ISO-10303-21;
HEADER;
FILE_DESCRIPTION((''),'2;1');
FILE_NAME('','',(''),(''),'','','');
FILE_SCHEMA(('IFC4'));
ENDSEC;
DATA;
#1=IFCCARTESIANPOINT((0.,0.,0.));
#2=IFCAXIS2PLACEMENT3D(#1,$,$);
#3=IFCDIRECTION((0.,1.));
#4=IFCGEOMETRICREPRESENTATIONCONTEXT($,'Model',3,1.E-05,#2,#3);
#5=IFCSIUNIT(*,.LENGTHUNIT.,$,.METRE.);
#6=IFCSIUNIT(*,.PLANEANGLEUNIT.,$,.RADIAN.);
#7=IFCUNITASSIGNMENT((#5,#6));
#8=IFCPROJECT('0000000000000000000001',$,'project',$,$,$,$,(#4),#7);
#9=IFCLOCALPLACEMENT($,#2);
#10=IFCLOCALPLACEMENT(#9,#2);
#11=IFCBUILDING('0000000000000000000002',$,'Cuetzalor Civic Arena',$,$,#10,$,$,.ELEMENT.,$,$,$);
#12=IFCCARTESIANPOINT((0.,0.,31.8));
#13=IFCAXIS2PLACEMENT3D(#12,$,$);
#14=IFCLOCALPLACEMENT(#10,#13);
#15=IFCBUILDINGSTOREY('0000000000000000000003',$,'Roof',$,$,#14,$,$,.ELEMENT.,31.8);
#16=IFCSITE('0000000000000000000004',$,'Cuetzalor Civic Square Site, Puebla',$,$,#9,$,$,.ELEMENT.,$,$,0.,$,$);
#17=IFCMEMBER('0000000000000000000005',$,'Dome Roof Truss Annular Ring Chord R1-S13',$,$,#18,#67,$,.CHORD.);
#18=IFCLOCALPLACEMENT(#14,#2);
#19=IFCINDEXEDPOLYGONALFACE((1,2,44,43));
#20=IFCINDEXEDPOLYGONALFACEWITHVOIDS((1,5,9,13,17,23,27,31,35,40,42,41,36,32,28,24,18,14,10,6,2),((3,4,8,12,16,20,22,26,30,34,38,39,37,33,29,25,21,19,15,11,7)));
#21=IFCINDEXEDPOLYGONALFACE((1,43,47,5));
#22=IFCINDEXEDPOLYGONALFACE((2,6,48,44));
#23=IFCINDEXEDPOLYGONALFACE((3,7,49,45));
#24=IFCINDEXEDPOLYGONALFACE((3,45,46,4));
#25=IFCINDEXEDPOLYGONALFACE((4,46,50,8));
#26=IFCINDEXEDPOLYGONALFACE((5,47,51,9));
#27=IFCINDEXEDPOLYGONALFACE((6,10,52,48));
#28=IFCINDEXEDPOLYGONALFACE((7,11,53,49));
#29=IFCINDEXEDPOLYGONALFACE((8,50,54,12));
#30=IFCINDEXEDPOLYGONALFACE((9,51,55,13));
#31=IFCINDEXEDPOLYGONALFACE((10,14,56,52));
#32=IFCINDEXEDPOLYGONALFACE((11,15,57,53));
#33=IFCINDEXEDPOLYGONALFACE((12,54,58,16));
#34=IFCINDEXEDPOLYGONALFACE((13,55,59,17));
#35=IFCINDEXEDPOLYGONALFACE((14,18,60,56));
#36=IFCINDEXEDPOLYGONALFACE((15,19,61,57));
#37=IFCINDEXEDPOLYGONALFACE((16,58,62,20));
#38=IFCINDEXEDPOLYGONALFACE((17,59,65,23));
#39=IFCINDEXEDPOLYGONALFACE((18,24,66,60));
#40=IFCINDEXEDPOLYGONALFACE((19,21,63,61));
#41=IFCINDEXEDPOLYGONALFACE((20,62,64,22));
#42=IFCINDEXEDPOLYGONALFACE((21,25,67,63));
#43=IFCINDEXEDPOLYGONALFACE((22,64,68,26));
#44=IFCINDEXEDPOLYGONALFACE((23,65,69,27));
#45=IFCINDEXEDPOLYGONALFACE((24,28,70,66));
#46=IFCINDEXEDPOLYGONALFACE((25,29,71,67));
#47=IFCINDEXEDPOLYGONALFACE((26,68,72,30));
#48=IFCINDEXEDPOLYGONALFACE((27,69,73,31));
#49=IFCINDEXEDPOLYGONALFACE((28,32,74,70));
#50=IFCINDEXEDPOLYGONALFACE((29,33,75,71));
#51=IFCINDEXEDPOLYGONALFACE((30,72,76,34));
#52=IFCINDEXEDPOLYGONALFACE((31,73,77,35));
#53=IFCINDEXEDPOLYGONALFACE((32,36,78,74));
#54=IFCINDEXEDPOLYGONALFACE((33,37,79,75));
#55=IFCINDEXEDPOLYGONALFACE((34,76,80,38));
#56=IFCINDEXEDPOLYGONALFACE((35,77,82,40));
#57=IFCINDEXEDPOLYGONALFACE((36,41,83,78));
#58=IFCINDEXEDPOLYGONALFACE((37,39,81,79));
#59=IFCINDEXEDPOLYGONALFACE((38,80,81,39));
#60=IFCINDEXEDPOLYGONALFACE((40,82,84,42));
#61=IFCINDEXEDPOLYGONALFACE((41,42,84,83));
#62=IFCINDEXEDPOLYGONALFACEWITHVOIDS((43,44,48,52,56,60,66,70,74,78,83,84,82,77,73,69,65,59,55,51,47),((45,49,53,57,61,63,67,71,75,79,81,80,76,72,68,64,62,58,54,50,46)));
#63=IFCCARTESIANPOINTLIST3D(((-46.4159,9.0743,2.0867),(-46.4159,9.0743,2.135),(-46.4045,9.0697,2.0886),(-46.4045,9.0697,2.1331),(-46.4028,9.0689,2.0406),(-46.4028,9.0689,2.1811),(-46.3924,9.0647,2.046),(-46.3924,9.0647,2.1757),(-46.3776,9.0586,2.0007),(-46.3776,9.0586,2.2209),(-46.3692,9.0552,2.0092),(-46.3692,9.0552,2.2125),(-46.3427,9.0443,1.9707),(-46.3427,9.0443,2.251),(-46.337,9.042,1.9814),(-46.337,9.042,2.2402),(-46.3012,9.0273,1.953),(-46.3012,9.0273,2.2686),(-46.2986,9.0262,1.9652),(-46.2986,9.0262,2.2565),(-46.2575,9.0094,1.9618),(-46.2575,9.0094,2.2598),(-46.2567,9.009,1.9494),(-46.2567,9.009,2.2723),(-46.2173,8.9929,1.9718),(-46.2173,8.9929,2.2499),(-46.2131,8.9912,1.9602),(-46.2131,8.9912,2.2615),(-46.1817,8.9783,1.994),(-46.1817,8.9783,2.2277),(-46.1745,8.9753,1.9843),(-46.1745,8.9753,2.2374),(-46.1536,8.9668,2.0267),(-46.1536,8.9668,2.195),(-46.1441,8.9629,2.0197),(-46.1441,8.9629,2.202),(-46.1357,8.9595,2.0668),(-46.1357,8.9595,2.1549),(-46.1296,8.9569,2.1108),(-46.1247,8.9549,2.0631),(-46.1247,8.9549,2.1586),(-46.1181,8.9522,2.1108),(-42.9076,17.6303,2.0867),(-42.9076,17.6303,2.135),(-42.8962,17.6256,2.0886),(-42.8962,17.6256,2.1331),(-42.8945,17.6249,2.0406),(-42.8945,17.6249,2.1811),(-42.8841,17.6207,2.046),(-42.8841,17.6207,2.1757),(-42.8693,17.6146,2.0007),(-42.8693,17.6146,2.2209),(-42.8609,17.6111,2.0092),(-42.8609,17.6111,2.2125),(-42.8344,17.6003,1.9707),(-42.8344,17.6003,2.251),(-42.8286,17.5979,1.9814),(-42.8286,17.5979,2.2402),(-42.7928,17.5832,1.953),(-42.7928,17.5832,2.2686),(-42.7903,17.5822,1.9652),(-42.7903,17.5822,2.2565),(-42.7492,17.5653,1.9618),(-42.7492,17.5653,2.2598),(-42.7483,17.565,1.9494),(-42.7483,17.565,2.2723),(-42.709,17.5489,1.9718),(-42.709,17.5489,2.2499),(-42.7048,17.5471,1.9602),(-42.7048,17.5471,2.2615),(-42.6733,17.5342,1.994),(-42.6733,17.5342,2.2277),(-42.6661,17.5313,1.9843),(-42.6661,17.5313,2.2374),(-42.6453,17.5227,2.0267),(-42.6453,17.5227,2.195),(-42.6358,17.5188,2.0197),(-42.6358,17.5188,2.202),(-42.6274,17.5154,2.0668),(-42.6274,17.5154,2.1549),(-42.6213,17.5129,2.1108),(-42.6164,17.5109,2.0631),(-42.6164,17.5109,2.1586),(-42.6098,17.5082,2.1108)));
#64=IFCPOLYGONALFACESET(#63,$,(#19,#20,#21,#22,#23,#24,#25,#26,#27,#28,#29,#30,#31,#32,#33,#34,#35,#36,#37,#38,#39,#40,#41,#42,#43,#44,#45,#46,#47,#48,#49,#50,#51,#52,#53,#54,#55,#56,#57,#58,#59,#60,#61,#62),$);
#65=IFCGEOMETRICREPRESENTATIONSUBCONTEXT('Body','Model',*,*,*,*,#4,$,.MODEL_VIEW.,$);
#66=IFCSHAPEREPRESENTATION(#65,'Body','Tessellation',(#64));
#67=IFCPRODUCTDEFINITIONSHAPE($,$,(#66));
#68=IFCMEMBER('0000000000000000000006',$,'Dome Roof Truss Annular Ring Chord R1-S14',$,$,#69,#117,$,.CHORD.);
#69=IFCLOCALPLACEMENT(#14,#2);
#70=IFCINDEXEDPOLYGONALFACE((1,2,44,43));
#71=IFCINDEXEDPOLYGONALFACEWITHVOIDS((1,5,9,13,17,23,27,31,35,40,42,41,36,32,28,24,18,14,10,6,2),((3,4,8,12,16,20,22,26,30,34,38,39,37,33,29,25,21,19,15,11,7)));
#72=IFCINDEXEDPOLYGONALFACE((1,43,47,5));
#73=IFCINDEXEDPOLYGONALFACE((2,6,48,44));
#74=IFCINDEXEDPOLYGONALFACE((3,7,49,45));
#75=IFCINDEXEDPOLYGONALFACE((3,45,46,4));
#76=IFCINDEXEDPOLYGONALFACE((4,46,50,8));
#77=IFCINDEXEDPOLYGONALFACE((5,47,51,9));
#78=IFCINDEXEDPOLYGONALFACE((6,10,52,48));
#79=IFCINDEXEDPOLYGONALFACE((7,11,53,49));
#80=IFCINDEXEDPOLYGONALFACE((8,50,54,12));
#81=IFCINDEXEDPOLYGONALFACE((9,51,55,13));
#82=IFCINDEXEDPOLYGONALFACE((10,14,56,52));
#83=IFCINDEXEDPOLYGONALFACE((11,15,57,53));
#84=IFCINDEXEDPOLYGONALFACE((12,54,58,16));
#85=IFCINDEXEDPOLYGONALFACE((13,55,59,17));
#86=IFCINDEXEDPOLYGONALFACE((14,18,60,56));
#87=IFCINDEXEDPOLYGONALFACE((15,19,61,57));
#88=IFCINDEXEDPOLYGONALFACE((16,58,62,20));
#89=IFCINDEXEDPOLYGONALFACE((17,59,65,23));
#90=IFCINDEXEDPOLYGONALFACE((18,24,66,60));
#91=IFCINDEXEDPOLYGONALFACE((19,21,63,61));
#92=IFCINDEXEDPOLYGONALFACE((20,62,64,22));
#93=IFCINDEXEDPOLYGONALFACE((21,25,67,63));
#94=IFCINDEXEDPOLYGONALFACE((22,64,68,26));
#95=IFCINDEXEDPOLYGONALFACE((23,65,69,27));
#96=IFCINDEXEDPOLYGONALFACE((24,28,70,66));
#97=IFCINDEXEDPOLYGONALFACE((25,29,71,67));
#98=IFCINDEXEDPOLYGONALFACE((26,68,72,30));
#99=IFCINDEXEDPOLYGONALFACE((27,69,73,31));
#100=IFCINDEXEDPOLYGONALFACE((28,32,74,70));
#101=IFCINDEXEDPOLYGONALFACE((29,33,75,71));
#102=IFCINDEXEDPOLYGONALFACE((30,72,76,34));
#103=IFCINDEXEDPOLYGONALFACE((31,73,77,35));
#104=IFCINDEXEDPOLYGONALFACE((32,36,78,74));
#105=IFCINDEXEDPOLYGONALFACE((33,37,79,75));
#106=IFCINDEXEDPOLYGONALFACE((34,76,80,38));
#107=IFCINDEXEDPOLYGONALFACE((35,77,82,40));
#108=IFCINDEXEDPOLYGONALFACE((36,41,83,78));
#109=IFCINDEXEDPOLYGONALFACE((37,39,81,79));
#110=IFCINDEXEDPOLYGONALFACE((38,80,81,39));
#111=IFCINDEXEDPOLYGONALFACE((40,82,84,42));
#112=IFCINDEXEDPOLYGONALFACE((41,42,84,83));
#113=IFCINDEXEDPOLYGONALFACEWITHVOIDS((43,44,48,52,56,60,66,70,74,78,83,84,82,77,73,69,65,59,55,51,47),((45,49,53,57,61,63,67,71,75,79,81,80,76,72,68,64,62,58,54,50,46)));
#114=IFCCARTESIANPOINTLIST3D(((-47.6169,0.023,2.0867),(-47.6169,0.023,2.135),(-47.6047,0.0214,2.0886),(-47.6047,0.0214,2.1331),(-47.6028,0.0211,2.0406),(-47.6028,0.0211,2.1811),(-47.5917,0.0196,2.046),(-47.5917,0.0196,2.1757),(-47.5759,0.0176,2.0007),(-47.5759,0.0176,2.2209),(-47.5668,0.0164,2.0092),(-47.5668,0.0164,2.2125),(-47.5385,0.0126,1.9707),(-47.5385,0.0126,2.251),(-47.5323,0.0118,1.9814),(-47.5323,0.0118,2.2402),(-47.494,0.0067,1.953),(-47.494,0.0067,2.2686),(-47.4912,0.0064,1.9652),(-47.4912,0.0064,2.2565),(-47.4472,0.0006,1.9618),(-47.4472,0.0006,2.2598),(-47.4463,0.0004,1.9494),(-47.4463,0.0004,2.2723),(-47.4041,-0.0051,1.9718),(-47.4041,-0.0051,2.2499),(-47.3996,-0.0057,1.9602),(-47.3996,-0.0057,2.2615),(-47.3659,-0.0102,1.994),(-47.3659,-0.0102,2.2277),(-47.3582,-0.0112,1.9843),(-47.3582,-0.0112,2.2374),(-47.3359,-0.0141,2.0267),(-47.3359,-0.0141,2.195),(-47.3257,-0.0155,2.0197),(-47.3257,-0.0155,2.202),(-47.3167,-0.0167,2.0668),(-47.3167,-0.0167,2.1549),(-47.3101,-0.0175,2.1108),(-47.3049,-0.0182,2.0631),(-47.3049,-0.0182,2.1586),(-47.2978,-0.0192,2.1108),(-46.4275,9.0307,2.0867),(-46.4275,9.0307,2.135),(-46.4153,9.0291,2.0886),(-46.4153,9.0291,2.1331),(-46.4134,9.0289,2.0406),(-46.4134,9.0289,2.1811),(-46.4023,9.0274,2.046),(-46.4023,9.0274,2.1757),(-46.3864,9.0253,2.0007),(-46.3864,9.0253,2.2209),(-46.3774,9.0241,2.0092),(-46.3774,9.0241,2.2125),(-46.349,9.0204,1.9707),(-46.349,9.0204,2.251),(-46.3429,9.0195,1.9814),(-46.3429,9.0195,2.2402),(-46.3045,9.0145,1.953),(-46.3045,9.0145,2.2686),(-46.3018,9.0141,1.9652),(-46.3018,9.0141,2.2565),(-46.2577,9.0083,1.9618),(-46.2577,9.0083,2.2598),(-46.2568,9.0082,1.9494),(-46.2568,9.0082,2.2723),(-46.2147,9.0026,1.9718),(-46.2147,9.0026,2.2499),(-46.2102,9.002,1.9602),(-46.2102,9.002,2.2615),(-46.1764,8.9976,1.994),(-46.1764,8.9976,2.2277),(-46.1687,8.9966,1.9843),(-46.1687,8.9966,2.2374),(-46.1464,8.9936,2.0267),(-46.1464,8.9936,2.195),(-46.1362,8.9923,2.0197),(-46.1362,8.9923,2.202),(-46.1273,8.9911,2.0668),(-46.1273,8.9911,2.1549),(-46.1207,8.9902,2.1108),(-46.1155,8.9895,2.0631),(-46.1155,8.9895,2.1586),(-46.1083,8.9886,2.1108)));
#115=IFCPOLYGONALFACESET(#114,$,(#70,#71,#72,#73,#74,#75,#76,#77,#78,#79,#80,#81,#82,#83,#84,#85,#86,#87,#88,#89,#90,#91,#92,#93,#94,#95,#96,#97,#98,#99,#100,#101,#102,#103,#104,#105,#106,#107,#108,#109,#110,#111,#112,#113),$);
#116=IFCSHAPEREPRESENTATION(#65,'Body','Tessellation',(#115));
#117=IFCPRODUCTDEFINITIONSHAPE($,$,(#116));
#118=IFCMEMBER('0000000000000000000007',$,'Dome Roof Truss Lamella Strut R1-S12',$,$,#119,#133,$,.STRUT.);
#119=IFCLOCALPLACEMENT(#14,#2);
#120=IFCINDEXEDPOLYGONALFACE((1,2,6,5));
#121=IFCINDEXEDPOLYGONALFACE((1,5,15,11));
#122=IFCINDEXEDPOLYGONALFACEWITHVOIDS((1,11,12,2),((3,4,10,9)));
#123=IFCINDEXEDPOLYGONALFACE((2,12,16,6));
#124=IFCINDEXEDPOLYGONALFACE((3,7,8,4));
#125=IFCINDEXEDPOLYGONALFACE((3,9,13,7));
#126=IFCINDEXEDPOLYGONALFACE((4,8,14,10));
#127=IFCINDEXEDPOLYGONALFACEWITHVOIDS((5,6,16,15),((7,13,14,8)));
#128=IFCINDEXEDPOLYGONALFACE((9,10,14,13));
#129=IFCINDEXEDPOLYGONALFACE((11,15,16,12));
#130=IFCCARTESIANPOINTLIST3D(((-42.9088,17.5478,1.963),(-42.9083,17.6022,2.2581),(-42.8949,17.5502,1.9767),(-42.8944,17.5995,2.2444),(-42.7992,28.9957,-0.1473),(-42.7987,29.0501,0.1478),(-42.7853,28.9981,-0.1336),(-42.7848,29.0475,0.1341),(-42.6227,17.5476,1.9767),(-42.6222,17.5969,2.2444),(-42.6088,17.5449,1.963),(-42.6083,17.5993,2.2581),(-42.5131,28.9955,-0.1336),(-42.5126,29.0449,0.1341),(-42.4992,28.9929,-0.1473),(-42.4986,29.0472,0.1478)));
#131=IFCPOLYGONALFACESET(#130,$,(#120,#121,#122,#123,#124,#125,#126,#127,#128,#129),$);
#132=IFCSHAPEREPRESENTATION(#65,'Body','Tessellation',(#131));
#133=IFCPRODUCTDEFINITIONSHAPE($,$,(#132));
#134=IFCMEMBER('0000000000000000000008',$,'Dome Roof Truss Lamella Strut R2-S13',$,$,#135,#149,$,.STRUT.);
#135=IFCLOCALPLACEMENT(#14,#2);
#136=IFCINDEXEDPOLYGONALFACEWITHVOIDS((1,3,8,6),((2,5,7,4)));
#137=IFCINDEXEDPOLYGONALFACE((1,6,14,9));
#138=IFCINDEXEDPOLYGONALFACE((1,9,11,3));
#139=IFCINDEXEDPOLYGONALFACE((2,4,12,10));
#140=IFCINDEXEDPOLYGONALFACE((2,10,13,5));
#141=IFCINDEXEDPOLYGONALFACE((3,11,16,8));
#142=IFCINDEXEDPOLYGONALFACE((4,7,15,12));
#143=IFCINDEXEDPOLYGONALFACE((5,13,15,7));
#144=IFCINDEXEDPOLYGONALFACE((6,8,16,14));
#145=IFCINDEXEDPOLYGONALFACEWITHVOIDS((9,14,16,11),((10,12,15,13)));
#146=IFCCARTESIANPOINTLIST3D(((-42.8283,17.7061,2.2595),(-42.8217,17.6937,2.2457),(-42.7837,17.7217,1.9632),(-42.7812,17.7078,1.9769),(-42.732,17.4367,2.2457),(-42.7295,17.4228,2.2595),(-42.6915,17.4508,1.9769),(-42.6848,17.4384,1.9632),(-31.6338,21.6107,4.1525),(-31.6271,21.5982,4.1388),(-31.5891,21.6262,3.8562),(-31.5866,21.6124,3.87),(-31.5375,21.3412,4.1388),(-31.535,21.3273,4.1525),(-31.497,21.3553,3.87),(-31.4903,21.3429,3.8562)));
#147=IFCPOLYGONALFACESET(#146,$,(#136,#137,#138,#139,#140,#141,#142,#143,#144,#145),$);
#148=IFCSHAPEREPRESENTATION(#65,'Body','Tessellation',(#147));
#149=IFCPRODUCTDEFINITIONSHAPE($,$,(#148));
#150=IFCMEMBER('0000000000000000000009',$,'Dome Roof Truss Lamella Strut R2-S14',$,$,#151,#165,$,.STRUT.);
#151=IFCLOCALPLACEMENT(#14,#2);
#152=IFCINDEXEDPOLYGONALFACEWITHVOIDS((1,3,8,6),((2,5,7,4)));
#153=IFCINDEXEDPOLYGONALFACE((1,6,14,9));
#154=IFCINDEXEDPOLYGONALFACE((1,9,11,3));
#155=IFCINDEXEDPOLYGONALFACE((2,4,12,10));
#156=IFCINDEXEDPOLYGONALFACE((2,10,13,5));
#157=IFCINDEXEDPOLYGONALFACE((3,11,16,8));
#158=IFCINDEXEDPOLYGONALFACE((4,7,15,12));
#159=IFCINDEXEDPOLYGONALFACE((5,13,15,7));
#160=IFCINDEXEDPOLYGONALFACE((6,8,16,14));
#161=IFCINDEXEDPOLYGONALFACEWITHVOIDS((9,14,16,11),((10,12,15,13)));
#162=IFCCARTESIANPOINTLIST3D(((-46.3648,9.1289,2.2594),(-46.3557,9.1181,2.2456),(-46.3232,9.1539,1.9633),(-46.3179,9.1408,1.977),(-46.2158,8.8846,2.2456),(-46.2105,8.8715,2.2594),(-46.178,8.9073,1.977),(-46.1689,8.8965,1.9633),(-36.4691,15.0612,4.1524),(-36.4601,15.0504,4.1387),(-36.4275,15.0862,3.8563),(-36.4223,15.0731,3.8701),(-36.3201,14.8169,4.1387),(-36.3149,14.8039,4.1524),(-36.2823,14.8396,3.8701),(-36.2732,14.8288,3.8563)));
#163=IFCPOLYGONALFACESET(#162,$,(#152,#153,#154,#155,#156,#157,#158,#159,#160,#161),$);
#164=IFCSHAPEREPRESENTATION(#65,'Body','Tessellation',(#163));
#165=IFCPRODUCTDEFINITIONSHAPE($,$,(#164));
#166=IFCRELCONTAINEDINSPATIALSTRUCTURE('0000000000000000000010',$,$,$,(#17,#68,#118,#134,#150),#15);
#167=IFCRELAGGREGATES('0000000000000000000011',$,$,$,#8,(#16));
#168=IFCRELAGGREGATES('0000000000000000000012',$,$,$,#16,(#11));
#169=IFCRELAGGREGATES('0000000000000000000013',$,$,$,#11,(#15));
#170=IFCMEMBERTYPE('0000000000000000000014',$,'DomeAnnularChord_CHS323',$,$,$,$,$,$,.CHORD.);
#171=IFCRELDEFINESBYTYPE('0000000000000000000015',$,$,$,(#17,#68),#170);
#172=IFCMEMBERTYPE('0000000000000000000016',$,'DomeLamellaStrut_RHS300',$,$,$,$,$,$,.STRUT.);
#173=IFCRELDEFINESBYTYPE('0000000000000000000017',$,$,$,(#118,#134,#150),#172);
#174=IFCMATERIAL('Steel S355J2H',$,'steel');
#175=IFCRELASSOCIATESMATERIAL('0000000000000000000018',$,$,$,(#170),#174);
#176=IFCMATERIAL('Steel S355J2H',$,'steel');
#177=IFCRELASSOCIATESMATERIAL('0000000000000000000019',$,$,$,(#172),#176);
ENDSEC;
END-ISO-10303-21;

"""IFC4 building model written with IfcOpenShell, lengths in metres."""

from ifc_helpers import new_model, si_unit, direction, frame, origin, origin_2d, place, context, subcontext, project, spatial, hollow_rectangle, hollow_circle, extrude, material, material_profile, profile_set, type_object, element, save


model = new_model("IFC4")

# Units and contexts
model_context = context("Model", 3, precision=1e-05, world=origin(), true_north=direction((0.0, 1.0)))
body_context = subcontext(model_context, "Body", "Model", "MODEL_VIEW")
ifc_project = project(units=[si_unit("LENGTHUNIT", "METRE"), si_unit("PLANEANGLEUNIT", "RADIAN")], contexts=[model_context])

# Site, building, storey
site_placement = place(None, origin())
site = spatial("IfcSite", under=ifc_project, at=site_placement, Name="Cuetzalor Civic Square Site, Puebla", CompositionType="ELEMENT", RefElevation=0.0)
building_placement = place(site_placement, origin())
building = spatial("IfcBuilding", under=site, at=building_placement, Name="Cuetzalor Civic Arena", CompositionType="ELEMENT")
storey_placement = place(building_placement, frame((0.0, 0.0, 31.8)))
storey = spatial("IfcBuildingStorey", under=building, at=storey_placement, Name="Roof", CompositionType="ELEMENT", Elevation=31.8)

# Members
ifc_material_1 = material(Name="Steel S355J2H", Category="steel")
ifc_material_profile_1 = material_profile(ifc_material_1, hollow_circle(Radius=0.1619, WallThickness=0.0125, at=origin_2d()), Name="CHS 323.9x12.5")
ifc_profile_set_1 = profile_set([ifc_material_profile_1], Name="Steel S355J2H")
member_type_1 = type_object("IfcMemberType", Name="DomeAnnularChord_CHS323", PredefinedType="CHORD", material=ifc_profile_set_1)
member_1_placement = place(storey_placement, frame((-42.7595, 17.5696, 2.1108), z_axis=(-0.379388, -0.925238, 0.0), x_axis=(0.925238, -0.379388, 0.0)))
element("IfcMember", 1, at=member_1_placement, inside=storey, type_object=member_type_1, Name="Dome Roof Truss Annular Ring Chord R1-S13", PredefinedType="CHORD", context=body_context, shape_type="SweptSolid", body=[
    extrude(hollow_circle(Radius=0.1619, WallThickness=0.0125, at=origin_2d()), origin(), (0.0, 0.0, 1.0), 9.2473),
])
member_2_placement = place(storey_placement, frame((-46.2688, 9.0098, 2.1108), z_axis=(-0.13091, -0.991394, 0.0), x_axis=(0.991394, -0.13091, 0.0)))
element("IfcMember", 2, at=member_2_placement, inside=storey, type_object=member_type_1, Name="Dome Roof Truss Annular Ring Chord R1-S14", PredefinedType="CHORD", context=body_context, shape_type="SweptSolid", body=[
    extrude(hollow_circle(Radius=0.1619, WallThickness=0.0125, at=origin_2d()), origin(), (0.0, 0.0, 1.0), 9.0859),
])
ifc_material_2 = material(Name="Steel S355J2H", Category="steel")
ifc_material_profile_2 = material_profile(ifc_material_2, hollow_rectangle(XDim=0.3, YDim=0.3, WallThickness=0.0139, at=origin_2d()), Name="RHS 300x300x14")
ifc_profile_set_2 = profile_set([ifc_material_profile_2], Name="Steel S355J2H")
member_type_2 = type_object("IfcMemberType", Name="DomeLamellaStrut_RHS300", PredefinedType="STRUT", material=ifc_profile_set_2)
member_3_placement = place(storey_placement, frame((-42.6489, 29.0215, 0.0002), z_axis=(-0.009416, -0.983386, 0.18128), x_axis=(0.999954, -0.009575, 0.0)))
element("IfcMember", 3, at=member_3_placement, inside=storey, type_object=member_type_2, Name="Dome Roof Truss Lamella Strut R1-S12", PredefinedType="STRUT", context=body_context, shape_type="SweptSolid", body=[
    extrude(hollow_rectangle(XDim=0.3, YDim=0.3, WallThickness=0.0139, at=origin_2d()), origin(), (0.0, 0.0, 1.0), 11.6414),
])
member_4_placement = place(storey_placement, frame((-42.7566, 17.5723, 2.1113), z_axis=(0.932403, 0.325212, 0.157675), x_axis=(-0.329331, 0.944214, 0.0)))
element("IfcMember", 4, at=member_4_placement, inside=storey, type_object=member_type_2, Name="Dome Roof Truss Lamella Strut R2-S13", PredefinedType="STRUT", context=body_context, shape_type="SweptSolid", body=[
    extrude(hollow_rectangle(XDim=0.3, YDim=0.3, WallThickness=0.0139, at=origin_2d()), origin(), (0.0, 0.0, 1.0), 12.0061),
])
member_5_placement = place(storey_placement, frame((-46.2668, 9.0127, 2.1113), z_axis=(0.84637, 0.507388, 0.161911), x_axis=(-0.514172, 0.857687, 0.0)))
element("IfcMember", 5, at=member_5_placement, inside=storey, type_object=member_type_2, Name="Dome Roof Truss Lamella Strut R2-S14", PredefinedType="STRUT", context=body_context, shape_type="SweptSolid", body=[
    extrude(hollow_rectangle(XDim=0.3, YDim=0.3, WallThickness=0.0139, at=origin_2d()), origin(), (0.0, 0.0, 1.0), 11.6919),
])

save(model, "model.ifc")
